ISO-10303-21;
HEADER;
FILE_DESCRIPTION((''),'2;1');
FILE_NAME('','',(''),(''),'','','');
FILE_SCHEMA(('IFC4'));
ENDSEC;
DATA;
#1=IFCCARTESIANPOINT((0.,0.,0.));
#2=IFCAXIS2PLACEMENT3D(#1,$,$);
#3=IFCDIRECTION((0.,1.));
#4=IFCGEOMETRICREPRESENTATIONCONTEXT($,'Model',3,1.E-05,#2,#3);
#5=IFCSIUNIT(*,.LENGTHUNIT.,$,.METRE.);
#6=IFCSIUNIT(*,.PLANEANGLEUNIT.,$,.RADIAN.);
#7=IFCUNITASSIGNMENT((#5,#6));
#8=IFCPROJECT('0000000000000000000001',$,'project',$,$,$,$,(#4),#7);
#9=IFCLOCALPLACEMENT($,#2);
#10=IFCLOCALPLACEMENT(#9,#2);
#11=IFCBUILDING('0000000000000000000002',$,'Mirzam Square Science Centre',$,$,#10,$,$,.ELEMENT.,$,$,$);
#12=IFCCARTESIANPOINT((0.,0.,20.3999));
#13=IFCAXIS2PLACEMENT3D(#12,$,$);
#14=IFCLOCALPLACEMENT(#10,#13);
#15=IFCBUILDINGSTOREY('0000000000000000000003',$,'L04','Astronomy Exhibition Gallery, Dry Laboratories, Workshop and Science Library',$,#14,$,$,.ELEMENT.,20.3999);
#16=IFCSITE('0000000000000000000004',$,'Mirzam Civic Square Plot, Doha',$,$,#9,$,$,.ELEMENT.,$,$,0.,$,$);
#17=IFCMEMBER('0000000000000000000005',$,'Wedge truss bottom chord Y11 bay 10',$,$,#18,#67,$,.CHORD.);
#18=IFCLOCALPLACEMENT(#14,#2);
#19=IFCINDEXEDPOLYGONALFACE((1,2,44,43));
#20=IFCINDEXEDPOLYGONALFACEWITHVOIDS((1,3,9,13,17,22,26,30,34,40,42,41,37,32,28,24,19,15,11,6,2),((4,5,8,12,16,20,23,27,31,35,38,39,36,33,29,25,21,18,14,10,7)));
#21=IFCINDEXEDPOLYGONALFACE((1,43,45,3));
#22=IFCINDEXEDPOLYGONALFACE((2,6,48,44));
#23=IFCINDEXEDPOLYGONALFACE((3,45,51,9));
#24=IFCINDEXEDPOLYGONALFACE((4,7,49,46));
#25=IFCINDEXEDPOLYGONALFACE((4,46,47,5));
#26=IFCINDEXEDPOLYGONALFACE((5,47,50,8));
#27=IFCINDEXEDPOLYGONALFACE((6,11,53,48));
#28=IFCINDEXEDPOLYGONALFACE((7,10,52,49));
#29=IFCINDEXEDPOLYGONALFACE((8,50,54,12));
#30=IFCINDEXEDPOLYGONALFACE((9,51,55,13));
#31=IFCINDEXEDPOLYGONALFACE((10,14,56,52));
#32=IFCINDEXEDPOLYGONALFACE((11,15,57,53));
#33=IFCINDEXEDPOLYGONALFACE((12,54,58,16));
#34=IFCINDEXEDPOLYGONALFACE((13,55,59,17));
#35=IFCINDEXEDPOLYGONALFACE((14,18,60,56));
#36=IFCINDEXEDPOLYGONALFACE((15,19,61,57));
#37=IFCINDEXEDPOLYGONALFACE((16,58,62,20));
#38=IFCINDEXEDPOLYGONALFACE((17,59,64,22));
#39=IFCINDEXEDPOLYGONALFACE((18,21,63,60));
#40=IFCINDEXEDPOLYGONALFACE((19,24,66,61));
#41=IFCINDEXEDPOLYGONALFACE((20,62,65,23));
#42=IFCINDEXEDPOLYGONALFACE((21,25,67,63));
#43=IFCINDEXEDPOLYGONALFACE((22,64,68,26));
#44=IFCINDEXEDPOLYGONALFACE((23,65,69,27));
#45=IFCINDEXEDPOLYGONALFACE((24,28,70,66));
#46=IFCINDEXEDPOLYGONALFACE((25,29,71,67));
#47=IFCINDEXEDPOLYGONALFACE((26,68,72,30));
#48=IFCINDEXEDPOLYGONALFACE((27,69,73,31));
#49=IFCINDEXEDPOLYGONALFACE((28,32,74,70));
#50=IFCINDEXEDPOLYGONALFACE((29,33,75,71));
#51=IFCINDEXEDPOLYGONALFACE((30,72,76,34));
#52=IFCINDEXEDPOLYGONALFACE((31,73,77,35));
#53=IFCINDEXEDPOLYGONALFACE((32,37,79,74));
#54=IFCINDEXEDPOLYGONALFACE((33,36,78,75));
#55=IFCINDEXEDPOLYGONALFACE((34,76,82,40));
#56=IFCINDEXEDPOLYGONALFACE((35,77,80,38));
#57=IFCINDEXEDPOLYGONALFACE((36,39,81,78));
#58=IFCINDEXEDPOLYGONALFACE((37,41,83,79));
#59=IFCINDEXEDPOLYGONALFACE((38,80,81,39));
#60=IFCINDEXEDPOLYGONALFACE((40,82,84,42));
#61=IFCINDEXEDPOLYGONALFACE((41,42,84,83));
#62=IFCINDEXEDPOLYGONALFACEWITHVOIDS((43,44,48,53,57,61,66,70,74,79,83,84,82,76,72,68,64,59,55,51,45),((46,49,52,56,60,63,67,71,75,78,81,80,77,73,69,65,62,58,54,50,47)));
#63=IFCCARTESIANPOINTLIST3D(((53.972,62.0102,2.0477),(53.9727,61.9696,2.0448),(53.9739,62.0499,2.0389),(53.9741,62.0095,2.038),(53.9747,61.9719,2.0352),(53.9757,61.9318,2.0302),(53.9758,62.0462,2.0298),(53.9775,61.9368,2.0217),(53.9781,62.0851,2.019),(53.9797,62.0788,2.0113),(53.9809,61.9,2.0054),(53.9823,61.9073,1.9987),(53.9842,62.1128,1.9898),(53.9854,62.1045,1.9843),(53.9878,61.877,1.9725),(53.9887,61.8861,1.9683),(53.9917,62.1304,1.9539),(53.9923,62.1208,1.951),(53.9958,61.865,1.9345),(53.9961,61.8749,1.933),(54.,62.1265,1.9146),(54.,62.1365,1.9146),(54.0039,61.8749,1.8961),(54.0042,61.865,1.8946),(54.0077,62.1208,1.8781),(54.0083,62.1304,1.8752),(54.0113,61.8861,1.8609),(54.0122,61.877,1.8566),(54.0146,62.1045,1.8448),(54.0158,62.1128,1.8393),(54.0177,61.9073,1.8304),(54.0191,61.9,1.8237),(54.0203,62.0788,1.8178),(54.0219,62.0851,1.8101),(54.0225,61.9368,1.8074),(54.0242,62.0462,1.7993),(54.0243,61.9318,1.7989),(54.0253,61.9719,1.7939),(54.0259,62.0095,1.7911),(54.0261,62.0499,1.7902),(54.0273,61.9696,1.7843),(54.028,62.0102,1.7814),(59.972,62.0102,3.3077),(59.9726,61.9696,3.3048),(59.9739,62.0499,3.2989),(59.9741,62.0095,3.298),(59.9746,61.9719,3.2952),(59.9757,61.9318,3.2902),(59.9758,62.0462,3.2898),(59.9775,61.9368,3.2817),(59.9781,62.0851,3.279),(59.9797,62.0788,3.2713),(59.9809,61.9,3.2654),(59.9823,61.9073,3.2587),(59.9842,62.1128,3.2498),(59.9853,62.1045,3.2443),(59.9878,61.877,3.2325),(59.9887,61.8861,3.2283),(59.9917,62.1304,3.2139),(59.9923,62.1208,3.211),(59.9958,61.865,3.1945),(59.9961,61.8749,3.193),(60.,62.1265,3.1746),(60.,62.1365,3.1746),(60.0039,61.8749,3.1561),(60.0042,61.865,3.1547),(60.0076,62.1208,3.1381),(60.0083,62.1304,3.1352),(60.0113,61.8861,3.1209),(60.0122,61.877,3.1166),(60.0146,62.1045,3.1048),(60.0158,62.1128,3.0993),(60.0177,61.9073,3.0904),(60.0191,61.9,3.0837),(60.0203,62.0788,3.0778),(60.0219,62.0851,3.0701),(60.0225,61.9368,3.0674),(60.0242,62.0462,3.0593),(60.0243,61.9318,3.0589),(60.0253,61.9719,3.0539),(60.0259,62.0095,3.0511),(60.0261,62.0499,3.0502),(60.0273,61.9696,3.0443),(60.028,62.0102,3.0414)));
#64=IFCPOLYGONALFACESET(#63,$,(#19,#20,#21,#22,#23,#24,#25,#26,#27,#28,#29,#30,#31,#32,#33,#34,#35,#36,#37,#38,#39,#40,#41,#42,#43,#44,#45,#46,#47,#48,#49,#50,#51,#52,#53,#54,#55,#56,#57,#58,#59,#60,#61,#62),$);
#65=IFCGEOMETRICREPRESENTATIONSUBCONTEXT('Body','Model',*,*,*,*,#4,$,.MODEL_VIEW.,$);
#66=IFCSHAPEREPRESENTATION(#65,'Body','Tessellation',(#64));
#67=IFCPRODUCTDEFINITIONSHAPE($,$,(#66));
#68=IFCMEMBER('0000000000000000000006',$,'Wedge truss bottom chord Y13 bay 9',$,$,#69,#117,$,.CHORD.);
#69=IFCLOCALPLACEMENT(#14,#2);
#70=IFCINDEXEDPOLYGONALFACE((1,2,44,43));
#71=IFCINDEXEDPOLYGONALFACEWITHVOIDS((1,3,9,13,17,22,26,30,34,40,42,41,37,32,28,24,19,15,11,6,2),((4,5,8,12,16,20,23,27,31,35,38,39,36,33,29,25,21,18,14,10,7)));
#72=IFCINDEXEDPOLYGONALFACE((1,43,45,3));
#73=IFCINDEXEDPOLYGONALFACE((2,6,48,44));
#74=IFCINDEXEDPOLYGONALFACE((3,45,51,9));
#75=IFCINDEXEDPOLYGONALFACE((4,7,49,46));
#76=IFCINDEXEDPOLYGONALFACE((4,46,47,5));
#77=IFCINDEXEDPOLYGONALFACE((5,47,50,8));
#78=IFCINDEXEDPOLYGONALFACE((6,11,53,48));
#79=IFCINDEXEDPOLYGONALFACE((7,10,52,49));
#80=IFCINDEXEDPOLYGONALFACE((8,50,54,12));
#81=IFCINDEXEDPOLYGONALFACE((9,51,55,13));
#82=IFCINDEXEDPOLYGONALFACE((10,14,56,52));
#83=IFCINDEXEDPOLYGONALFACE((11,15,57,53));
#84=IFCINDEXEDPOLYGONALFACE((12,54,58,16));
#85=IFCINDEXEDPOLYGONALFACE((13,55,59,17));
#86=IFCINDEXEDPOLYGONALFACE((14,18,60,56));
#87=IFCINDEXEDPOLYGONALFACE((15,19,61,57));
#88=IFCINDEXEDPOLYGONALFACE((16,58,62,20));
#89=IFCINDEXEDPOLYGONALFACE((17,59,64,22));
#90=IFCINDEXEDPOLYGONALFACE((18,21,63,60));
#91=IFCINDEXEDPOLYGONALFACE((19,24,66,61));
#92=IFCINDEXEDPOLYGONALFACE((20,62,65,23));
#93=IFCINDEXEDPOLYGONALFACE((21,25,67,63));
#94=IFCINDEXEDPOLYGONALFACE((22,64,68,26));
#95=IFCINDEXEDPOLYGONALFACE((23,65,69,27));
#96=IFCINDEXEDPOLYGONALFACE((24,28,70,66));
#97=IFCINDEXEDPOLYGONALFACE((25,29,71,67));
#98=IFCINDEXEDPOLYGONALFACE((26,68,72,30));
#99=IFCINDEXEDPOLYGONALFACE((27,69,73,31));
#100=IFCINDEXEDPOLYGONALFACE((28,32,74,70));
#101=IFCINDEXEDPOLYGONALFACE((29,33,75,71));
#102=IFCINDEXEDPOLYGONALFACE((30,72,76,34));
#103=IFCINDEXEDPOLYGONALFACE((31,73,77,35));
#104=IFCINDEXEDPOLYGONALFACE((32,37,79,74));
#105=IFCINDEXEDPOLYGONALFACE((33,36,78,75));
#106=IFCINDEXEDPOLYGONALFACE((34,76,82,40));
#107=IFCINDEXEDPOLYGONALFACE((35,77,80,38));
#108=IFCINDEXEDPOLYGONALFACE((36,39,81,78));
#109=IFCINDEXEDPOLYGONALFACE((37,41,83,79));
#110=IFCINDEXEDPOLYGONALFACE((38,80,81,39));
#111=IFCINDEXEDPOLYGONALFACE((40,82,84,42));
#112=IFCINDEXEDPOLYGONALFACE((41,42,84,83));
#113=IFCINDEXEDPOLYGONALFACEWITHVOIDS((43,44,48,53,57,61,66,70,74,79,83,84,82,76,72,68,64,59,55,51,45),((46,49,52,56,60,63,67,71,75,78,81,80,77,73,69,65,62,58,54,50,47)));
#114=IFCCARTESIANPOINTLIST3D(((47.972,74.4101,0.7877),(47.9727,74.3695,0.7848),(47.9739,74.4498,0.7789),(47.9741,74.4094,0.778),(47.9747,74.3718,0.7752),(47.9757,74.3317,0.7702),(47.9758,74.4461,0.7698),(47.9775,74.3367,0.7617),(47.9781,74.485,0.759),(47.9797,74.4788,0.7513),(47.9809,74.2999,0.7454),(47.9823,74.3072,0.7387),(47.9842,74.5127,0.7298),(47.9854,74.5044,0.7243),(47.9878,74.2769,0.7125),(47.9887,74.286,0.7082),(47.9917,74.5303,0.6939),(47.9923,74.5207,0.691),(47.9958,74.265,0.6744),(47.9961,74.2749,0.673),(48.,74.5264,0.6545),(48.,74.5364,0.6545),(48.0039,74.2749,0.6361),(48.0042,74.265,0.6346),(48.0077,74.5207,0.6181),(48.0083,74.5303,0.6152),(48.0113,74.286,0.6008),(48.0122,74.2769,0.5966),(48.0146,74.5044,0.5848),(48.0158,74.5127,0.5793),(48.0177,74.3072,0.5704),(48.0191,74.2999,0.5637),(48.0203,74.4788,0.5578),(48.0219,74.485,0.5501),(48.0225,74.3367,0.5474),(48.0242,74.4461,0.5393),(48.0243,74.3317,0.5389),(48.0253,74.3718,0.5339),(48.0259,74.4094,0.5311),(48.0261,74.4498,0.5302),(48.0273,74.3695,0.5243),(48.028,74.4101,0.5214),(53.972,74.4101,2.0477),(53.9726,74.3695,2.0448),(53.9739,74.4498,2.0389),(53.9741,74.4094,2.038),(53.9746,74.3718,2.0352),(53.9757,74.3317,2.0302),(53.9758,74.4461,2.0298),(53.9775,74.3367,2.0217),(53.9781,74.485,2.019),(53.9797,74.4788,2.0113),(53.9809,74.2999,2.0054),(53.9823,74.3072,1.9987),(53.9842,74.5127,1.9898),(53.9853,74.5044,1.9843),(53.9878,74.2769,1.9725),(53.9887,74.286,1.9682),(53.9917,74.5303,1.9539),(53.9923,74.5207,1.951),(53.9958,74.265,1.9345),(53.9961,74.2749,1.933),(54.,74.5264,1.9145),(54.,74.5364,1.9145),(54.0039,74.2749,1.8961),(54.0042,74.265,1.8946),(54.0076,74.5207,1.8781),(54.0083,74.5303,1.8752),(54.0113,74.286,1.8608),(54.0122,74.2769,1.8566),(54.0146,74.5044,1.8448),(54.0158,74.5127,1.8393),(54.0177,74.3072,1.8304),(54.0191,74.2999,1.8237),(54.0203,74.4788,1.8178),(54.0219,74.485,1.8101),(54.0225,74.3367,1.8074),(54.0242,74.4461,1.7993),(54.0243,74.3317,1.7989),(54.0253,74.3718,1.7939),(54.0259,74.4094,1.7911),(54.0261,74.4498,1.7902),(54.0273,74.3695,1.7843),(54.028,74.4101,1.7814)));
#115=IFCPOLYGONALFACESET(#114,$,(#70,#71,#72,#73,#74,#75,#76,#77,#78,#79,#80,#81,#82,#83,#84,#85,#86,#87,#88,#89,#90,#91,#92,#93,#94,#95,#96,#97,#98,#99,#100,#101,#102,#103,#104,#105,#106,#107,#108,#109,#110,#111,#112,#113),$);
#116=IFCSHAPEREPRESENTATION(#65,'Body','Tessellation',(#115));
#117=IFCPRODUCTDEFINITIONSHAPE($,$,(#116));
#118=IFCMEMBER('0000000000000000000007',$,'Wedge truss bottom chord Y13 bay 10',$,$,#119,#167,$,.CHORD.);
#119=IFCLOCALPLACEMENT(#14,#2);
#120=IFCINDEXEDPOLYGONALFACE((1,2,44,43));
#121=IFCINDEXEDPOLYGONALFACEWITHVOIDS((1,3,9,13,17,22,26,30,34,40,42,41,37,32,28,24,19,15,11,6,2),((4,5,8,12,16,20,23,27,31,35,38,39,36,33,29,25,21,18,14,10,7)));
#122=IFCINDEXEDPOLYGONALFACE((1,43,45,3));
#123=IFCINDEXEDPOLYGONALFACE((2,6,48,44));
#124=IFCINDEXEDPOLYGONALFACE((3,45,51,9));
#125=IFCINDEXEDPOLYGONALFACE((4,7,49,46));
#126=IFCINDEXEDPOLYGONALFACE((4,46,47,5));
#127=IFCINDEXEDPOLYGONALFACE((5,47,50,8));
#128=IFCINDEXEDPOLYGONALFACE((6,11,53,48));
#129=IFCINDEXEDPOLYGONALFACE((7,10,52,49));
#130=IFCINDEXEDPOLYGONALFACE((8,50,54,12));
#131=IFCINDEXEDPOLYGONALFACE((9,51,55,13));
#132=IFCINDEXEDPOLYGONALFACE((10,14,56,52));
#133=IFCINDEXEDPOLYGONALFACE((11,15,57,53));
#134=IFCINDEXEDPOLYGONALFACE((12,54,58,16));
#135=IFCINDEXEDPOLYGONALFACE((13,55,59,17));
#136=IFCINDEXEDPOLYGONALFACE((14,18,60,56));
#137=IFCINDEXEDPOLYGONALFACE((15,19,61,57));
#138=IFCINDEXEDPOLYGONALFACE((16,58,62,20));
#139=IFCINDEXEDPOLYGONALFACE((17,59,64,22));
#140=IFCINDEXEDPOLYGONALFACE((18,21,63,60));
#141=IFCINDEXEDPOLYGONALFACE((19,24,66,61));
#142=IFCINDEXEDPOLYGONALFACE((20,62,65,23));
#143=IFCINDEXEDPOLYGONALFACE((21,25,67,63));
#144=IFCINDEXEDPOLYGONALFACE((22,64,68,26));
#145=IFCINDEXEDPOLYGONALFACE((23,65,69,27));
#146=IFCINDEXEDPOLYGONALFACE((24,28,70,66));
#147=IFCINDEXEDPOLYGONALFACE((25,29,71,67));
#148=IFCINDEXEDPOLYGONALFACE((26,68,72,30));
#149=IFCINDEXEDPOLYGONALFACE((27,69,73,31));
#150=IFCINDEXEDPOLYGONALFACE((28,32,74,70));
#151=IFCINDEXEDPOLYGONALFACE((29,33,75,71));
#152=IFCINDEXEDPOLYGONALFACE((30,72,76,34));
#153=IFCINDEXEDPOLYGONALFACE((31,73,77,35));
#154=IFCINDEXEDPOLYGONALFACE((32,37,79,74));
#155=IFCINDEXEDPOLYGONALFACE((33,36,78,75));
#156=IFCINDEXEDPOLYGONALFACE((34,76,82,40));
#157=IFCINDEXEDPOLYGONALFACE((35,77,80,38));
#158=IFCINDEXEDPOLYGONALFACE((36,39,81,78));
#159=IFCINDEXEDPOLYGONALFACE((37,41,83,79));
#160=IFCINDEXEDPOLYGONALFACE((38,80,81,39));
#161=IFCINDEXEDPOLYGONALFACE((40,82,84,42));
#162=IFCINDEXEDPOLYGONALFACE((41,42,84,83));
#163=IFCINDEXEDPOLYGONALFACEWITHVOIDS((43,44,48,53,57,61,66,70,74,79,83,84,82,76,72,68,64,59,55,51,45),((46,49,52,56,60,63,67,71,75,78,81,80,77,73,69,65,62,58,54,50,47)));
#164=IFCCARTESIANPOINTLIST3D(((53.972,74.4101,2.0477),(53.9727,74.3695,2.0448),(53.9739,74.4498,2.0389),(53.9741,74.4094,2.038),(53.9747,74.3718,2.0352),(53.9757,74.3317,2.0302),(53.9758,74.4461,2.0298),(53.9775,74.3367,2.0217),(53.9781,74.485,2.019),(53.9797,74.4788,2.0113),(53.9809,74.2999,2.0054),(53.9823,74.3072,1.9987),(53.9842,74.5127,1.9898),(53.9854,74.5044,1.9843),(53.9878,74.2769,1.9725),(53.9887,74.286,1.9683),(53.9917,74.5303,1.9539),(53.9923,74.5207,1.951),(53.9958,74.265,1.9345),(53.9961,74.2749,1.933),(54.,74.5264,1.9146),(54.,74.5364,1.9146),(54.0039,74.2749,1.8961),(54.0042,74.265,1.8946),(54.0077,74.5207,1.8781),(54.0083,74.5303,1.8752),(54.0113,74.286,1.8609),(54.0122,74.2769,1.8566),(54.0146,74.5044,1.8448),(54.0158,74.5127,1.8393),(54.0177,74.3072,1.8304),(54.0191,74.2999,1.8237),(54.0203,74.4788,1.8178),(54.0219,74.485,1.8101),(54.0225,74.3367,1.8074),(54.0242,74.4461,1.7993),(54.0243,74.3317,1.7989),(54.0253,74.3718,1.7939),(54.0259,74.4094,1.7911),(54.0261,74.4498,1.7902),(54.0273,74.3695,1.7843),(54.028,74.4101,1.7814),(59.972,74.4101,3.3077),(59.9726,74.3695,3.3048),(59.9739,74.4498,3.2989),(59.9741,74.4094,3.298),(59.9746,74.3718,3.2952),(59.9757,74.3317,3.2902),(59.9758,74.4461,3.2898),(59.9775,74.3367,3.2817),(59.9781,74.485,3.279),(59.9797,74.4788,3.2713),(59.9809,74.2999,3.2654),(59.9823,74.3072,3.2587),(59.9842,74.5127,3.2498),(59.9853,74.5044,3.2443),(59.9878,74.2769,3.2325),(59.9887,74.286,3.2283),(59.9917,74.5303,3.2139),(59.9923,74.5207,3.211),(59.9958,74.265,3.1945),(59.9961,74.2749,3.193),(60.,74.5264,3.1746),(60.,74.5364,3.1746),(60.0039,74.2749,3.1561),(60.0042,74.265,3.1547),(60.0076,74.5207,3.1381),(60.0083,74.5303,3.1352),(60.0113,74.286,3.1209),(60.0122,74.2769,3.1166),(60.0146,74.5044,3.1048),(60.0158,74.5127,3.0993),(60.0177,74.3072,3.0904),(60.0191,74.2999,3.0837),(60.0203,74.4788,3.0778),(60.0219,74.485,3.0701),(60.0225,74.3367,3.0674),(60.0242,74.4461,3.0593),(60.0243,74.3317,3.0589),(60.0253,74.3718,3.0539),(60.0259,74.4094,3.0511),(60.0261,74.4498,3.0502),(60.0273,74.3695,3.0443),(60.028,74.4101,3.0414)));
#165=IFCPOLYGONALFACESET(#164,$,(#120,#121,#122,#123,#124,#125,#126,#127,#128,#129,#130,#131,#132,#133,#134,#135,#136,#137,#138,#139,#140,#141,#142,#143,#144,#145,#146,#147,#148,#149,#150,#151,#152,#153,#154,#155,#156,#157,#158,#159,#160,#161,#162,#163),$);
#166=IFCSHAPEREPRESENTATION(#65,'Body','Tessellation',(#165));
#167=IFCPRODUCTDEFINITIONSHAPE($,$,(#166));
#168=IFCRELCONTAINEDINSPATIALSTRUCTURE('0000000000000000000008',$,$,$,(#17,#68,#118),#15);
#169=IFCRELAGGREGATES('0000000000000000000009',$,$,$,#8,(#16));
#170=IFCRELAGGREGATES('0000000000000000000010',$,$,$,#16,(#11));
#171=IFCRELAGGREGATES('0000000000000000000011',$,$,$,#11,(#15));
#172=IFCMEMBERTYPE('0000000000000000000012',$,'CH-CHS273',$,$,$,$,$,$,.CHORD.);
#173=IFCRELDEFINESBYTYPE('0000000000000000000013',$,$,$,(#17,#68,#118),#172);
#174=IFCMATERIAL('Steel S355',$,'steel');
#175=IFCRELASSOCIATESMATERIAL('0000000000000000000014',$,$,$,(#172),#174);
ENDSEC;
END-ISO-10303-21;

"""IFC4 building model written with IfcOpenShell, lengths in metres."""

from ifc_helpers import new_model, si_unit, direction, frame, origin, origin_2d, place, context, subcontext, project, spatial, hollow_circle, extrude, material, material_profile, profile_set, type_object, element, save


model = new_model("IFC4")

# Units and contexts
model_context = context("Model", 3, precision=1e-05, world=origin(), true_north=direction((0.0, 1.0)))
body_context = subcontext(model_context, "Body", "Model", "MODEL_VIEW")
ifc_project = project(units=[si_unit("LENGTHUNIT", "METRE"), si_unit("PLANEANGLEUNIT", "RADIAN")], contexts=[model_context])

# Site, building, storey
site_placement = place(None, origin())
site = spatial("IfcSite", under=ifc_project, at=site_placement, Name="Mirzam Civic Square Plot, Doha", CompositionType="ELEMENT", RefElevation=0.0)
building_placement = place(site_placement, origin())
building = spatial("IfcBuilding", under=site, at=building_placement, Name="Mirzam Square Science Centre", CompositionType="ELEMENT")
storey_placement = place(building_placement, frame((0.0, 0.0, 20.3999)))
storey = spatial("IfcBuildingStorey", under=building, at=storey_placement, Name="L04", Description="Astronomy Exhibition Gallery, Dry Laboratories, Workshop and Science Library", CompositionType="ELEMENT", Elevation=20.3999)

# Members
ifc_material = material(Name="Steel S355", Category="steel")
ifc_material_profile_1 = material_profile(ifc_material, hollow_circle(Radius=0.1365, WallThickness=0.01, at=origin_2d()), Name="273.0x10.0CHS")
ifc_profile_set_1 = profile_set([ifc_material_profile_1], Name="Steel S355")
member_type_1 = type_object("IfcMemberType", Name="CH-CHS273", PredefinedType="CHORD", material=ifc_profile_set_1)
for number, where, z_axis, x_axis, name in (
    (1, (54.0, 62.0, 1.9146), (0.978653, 0.0, 0.205519), (0.0, 1.0, 0.0), "Wedge truss bottom chord Y11 bay 10"),
    (2, (48.0, 74.3999, 0.6545), (0.978653, 0.0, 0.205519), (0.0, 1.0, 0.0), "Wedge truss bottom chord Y13 bay 9"),
    (3, (54.0, 74.3999, 1.9146), (0.978653, 0.0, 0.205519), (0.0, 1.0, 0.0), "Wedge truss bottom chord Y13 bay 10"),
):
    element("IfcMember", number, at=place(storey_placement, frame(where, z_axis=z_axis, x_axis=x_axis)), inside=storey, type_object=member_type_1, Name=name, PredefinedType="CHORD", context=body_context, shape_type="SweptSolid", body=[
        extrude(hollow_circle(Radius=0.1365, WallThickness=0.01, at=origin_2d()), origin(), (0.0, 0.0, 1.0), 6.1309),
    ])

save(model, "model.ifc")
